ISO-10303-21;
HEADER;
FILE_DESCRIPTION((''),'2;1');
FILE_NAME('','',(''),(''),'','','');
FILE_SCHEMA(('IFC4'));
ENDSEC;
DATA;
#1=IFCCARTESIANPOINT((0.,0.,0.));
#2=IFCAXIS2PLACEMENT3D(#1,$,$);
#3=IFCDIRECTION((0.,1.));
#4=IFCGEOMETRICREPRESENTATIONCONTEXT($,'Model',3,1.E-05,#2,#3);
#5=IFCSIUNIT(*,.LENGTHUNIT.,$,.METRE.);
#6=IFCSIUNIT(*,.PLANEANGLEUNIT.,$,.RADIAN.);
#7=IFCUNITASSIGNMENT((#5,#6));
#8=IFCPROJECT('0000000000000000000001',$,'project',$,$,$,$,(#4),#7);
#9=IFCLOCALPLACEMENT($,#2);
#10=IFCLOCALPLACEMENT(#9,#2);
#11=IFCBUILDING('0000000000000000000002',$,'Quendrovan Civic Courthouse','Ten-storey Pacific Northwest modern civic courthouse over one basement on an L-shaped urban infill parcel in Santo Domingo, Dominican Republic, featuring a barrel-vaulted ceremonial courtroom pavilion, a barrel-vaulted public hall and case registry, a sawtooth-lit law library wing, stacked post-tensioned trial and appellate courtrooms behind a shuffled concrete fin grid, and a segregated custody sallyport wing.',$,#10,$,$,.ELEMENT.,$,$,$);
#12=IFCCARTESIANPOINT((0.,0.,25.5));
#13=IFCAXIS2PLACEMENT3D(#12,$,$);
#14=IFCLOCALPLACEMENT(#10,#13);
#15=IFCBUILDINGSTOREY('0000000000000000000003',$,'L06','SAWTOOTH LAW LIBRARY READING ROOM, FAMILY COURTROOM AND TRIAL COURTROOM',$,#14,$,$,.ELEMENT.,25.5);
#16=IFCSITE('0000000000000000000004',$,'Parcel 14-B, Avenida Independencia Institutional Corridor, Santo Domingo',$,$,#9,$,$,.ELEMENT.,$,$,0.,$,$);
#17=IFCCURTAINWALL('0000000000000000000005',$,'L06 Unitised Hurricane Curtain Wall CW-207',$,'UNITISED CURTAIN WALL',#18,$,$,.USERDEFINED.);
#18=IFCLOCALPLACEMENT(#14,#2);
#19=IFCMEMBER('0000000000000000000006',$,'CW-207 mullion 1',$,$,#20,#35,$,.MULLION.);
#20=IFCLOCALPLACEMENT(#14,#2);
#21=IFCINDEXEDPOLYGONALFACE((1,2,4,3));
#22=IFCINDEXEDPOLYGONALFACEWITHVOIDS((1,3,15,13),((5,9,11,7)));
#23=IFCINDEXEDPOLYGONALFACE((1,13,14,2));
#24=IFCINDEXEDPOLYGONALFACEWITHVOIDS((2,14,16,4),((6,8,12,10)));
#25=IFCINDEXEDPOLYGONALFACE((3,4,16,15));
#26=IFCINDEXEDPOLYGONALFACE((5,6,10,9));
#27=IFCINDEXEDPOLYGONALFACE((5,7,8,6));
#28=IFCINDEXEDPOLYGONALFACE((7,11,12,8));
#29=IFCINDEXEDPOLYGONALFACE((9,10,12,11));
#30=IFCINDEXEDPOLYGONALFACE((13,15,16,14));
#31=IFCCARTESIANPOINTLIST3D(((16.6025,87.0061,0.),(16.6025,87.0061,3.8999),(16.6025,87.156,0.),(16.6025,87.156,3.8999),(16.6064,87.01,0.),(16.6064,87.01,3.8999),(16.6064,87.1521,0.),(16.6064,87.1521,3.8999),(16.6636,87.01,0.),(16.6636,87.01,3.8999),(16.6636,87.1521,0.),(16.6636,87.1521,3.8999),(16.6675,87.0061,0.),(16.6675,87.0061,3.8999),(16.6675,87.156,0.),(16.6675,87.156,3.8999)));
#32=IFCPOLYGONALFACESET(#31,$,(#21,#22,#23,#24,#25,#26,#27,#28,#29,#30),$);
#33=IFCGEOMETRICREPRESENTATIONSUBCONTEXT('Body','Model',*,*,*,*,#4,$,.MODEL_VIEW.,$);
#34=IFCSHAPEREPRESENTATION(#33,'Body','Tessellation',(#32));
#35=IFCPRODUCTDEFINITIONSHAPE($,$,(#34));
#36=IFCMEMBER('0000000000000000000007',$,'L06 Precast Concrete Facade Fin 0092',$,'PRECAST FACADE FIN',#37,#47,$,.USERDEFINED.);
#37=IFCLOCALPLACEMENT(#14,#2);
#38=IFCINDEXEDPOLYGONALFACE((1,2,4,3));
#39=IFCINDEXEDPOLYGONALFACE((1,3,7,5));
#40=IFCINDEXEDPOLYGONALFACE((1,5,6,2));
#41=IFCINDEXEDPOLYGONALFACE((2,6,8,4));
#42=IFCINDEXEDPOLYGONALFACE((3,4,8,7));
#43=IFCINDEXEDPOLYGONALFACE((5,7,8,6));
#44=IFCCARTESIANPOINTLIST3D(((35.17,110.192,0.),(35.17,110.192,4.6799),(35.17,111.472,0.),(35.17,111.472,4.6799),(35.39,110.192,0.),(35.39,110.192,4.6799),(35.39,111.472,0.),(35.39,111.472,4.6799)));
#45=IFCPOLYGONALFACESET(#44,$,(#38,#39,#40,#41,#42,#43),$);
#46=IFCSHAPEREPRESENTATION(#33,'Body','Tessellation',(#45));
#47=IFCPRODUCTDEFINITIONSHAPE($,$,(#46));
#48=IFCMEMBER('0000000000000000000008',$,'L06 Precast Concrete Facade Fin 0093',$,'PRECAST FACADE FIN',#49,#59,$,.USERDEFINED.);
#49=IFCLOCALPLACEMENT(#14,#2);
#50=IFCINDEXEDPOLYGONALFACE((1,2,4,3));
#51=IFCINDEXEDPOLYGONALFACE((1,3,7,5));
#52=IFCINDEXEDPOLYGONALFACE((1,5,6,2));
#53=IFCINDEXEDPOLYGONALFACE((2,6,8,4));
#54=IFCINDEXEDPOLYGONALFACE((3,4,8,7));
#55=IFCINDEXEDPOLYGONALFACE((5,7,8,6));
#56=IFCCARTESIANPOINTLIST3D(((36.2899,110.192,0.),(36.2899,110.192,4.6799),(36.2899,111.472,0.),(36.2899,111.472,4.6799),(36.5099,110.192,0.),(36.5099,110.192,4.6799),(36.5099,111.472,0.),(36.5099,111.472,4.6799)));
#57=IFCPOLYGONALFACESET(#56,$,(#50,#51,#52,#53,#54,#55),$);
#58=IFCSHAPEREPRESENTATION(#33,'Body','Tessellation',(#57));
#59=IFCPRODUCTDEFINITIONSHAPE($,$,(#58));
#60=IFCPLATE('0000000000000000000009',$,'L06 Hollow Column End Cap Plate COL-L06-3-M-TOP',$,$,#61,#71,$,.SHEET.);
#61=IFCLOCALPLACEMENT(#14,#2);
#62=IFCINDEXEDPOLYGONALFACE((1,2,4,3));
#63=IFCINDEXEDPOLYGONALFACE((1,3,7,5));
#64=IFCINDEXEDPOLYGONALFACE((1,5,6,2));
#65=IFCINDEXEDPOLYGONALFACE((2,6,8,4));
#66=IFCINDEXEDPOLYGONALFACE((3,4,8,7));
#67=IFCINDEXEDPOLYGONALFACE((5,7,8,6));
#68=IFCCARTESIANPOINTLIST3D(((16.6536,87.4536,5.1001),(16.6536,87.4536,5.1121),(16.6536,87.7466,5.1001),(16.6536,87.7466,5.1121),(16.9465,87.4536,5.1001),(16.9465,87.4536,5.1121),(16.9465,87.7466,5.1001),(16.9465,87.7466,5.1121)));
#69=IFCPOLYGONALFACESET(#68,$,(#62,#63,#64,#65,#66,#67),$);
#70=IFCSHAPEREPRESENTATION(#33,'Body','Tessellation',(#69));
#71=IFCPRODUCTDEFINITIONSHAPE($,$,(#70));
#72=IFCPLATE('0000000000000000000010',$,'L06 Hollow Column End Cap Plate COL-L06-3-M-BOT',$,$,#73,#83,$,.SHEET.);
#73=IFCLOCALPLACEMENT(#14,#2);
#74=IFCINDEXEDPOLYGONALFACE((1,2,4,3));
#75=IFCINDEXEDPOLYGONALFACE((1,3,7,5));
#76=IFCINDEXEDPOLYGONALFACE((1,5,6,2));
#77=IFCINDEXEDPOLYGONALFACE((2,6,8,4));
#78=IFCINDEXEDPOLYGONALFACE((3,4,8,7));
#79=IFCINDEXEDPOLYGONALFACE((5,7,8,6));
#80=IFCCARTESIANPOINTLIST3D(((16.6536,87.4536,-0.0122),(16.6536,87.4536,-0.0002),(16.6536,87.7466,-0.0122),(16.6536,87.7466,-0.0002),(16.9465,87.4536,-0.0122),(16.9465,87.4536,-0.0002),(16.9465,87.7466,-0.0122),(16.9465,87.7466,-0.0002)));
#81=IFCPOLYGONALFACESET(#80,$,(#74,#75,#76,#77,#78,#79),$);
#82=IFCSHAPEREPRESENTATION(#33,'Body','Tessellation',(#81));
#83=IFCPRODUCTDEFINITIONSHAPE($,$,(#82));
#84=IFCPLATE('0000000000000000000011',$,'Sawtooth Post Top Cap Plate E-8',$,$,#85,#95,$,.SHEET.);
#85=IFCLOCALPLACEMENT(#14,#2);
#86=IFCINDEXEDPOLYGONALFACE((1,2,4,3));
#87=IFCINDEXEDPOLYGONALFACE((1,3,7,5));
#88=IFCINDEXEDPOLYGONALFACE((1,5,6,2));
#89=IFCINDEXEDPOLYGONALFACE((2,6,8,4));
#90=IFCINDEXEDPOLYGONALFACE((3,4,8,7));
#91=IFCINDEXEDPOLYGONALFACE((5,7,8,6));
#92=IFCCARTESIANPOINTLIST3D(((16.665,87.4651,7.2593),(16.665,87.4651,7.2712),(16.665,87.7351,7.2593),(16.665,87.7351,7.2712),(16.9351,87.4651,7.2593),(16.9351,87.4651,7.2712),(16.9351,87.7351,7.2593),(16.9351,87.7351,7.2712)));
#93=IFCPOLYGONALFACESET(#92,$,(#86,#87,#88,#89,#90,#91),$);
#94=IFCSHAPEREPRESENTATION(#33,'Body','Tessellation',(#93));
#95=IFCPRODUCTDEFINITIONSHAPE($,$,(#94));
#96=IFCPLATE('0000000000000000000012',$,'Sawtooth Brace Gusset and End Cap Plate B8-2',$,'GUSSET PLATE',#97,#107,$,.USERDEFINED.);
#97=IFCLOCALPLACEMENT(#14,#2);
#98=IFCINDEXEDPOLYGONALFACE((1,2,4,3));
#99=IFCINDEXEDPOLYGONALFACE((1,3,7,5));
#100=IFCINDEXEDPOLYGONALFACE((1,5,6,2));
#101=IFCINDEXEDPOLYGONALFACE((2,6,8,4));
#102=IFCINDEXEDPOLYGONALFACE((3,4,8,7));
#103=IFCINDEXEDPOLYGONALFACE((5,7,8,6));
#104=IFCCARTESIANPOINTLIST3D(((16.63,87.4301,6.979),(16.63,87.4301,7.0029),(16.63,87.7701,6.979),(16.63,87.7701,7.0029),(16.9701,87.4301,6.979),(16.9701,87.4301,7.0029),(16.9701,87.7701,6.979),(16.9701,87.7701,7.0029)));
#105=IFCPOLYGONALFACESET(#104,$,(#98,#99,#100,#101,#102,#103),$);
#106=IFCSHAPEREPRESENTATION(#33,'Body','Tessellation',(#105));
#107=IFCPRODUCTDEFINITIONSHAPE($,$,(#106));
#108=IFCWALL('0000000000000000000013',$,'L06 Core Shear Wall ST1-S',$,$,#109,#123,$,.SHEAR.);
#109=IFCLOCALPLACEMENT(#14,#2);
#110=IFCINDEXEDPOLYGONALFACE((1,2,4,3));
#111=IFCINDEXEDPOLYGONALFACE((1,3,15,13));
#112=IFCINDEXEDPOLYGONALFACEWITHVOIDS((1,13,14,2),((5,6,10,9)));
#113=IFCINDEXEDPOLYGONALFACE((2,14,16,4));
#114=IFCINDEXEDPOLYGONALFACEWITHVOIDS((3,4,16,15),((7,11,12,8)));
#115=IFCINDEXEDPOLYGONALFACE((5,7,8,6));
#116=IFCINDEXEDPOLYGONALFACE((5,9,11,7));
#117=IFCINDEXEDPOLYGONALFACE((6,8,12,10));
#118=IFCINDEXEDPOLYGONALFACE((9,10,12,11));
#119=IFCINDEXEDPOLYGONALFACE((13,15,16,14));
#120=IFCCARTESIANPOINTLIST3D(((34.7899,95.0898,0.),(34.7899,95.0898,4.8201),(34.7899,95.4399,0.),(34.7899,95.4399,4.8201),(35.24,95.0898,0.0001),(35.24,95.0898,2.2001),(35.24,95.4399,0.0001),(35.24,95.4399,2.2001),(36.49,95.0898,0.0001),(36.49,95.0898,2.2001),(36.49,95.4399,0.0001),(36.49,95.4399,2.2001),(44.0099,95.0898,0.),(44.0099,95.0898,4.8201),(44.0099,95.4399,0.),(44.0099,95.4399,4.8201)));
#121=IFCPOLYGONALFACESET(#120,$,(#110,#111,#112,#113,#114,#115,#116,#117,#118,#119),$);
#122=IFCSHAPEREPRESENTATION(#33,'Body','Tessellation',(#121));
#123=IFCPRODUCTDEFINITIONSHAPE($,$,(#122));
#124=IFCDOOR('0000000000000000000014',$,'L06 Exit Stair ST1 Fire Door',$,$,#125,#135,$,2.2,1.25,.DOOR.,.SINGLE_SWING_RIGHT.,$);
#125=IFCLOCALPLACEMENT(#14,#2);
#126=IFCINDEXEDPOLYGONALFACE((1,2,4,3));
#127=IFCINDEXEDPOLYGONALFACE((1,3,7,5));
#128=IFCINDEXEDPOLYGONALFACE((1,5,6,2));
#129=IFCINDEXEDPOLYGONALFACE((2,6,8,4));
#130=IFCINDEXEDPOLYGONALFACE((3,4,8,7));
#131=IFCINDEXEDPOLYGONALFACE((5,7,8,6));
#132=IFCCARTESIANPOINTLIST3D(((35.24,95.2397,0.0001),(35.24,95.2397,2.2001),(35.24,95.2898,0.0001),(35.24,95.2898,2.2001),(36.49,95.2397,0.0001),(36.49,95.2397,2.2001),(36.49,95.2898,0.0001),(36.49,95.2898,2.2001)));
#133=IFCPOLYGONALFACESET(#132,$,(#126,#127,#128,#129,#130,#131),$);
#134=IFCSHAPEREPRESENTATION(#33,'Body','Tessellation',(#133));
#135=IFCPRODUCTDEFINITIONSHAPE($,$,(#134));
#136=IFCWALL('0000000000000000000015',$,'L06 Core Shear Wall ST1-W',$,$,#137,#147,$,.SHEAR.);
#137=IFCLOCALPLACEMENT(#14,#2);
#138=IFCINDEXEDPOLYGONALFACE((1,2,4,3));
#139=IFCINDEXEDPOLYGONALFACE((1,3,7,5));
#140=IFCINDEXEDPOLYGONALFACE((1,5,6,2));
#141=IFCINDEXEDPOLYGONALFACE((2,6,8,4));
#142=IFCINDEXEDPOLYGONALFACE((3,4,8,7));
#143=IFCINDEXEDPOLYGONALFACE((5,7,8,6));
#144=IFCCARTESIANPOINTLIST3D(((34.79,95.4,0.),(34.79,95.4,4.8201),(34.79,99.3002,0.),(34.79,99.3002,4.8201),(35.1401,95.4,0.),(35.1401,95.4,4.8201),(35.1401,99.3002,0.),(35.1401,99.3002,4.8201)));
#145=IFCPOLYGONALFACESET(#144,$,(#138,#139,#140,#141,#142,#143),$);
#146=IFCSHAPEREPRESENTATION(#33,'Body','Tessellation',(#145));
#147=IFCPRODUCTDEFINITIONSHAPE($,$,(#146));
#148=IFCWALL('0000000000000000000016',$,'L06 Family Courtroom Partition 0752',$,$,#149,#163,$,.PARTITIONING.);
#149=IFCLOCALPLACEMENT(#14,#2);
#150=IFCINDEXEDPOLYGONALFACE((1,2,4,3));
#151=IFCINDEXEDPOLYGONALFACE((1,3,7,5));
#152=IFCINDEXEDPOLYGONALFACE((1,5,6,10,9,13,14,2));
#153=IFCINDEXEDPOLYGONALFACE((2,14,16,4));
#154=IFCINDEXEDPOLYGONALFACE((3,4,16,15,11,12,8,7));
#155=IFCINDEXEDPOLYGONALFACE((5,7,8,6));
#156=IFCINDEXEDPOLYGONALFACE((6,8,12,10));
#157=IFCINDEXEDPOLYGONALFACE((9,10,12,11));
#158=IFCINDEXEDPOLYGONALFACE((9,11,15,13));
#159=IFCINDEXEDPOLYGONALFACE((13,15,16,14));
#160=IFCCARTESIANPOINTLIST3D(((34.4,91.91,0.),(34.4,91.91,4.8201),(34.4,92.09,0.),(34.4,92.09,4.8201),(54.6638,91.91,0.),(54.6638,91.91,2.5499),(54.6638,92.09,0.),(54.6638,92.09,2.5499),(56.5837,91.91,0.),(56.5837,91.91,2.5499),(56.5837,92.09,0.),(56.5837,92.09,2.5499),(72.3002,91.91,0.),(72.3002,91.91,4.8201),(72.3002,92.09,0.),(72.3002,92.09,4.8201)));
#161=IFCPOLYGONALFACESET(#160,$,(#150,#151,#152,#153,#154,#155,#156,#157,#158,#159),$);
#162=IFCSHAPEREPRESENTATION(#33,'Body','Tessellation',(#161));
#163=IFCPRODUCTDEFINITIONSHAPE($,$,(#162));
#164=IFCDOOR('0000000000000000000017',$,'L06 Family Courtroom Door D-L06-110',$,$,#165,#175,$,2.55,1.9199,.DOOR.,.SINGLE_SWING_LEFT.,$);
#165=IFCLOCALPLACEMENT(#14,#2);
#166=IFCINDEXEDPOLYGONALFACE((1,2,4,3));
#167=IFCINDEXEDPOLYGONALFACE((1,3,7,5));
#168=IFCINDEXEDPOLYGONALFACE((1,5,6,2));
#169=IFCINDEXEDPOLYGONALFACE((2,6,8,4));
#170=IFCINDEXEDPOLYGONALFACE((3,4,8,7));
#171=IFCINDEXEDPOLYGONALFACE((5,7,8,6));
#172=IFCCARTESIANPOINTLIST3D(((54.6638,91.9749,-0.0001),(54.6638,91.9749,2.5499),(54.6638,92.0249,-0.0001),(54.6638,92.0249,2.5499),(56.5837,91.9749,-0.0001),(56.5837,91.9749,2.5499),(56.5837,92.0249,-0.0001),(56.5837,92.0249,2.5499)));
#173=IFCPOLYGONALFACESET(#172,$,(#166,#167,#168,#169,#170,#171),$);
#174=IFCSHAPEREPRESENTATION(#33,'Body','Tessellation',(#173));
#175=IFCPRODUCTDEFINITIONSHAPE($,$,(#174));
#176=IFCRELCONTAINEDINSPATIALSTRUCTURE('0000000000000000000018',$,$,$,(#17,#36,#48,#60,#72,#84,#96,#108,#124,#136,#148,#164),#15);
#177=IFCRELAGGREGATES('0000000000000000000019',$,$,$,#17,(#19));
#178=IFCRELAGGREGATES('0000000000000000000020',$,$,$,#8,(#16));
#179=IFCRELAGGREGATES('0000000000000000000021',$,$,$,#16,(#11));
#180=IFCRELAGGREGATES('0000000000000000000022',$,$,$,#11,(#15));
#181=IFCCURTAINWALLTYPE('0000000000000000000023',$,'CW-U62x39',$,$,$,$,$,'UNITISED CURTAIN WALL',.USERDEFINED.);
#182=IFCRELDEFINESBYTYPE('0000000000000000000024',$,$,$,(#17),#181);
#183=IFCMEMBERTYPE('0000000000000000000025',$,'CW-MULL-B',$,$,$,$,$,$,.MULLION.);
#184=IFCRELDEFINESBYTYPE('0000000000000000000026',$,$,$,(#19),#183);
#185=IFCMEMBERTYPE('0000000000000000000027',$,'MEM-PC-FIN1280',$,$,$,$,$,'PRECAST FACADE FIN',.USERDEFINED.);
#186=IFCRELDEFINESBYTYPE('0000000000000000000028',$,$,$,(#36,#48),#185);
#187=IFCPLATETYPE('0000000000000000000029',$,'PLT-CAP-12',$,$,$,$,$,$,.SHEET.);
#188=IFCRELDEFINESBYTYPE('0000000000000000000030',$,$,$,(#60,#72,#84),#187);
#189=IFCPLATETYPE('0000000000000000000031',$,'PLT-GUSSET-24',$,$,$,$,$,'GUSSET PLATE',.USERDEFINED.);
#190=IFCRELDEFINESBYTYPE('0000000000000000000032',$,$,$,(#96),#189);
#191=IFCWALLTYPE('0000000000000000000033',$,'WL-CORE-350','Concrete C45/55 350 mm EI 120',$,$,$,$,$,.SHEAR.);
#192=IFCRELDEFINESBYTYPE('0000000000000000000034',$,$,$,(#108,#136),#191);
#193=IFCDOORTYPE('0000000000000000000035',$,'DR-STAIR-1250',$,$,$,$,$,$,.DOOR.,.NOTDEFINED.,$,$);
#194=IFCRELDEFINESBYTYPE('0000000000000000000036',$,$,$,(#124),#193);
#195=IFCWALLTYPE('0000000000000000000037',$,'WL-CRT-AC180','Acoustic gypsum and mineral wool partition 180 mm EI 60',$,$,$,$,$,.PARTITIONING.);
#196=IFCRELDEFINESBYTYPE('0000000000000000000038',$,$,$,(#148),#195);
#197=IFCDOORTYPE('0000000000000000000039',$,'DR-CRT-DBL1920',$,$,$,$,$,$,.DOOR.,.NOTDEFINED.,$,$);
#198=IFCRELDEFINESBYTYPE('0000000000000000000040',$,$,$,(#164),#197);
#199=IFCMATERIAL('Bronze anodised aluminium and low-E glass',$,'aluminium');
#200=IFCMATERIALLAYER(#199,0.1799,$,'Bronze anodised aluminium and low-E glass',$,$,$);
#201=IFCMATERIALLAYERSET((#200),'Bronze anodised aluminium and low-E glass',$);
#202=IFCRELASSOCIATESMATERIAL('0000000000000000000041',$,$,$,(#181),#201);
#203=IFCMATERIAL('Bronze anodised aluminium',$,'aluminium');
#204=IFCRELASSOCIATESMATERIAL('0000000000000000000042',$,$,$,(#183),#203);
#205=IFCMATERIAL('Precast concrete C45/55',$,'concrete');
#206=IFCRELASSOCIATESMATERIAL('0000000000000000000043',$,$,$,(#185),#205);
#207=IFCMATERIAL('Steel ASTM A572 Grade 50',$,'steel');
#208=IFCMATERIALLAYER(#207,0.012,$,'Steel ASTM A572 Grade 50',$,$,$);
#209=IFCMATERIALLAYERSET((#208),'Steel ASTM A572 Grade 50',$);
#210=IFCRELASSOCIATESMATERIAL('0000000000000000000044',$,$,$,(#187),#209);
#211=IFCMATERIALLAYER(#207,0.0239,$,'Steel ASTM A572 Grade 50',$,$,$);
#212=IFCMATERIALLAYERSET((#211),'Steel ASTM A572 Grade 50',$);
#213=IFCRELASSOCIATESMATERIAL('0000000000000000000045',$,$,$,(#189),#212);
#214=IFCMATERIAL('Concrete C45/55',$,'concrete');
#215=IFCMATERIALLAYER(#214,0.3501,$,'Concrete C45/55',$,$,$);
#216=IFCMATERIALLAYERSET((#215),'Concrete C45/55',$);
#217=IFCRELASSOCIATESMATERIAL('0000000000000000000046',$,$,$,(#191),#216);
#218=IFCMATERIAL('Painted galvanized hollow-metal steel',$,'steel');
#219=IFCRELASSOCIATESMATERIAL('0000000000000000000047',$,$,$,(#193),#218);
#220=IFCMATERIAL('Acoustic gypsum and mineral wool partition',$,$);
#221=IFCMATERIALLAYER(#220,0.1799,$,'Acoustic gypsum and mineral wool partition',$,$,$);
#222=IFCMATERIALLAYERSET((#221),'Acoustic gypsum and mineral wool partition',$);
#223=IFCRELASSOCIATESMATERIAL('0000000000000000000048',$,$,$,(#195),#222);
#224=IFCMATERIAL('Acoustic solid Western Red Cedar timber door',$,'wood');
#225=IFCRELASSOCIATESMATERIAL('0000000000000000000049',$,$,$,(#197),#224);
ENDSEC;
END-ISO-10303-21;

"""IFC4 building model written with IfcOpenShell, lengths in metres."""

from ifc_helpers import new_model, si_unit, direction, frame, frame_2d, origin, origin_2d, place, context, subcontext, project, spatial, rectangle, hollow_rectangle, extrude, material, layer, layer_set, material_profile, profile_set, type_object, element, fill, aggregate, save


model = new_model("IFC4")

# Units and contexts
model_context = context("Model", 3, precision=1e-05, world=origin(), true_north=direction((0.0, 1.0)))
body_context = subcontext(model_context, "Body", "Model", "MODEL_VIEW")
ifc_project = project(units=[si_unit("LENGTHUNIT", "METRE"), si_unit("PLANEANGLEUNIT", "RADIAN")], contexts=[model_context])

# Site, building, storey
site_placement = place(None, origin())
site = spatial("IfcSite", under=ifc_project, at=site_placement, Name="Parcel 14-B, Avenida Independencia Institutional Corridor, Santo Domingo", CompositionType="ELEMENT", RefElevation=0.0)
building_placement = place(site_placement, origin())
building = spatial("IfcBuilding", under=site, at=building_placement, Name="Quendrovan Civic Courthouse", Description="Ten-storey Pacific Northwest modern civic courthouse over one basement on an L-shaped urban infill parcel in Santo Domingo, Dominican Republic, featuring a barrel-vaulted ceremonial courtroom pavilion, a barrel-vaulted public hall and case registry, a sawtooth-lit law library wing, stacked post-tensioned trial and appellate courtrooms behind a shuffled concrete fin grid, and a segregated custody sallyport wing.", CompositionType="ELEMENT")
storey_placement = place(building_placement, frame((0.0, 0.0, 25.5)))
storey = spatial("IfcBuildingStorey", under=building, at=storey_placement, Name="L06", Description="SAWTOOTH LAW LIBRARY READING ROOM, FAMILY COURTROOM AND TRIAL COURTROOM", CompositionType="ELEMENT", Elevation=25.5)

# Shared definitions
ifc_material_1 = material(Name="Concrete C45/55", Category="concrete")

# Curtain wall, member
ifc_material_2 = material(Name="Bronze anodised aluminium and low-E glass", Category="aluminium")
ifc_layer_1 = layer(ifc_material_2, 0.1799, Name="Bronze anodised aluminium and low-E glass")
ifc_layer_set_1 = layer_set([ifc_layer_1], Name="Bronze anodised aluminium and low-E glass")
curtain_wall_type = type_object("IfcCurtainWallType", Name="CW-U62x39", ElementType="UNITISED CURTAIN WALL", PredefinedType="USERDEFINED", material=ifc_layer_set_1)
curtain_wall_placement = place(storey_placement, origin())
curtain_wall = element("IfcCurtainWall", 1, at=curtain_wall_placement, inside=storey, type_object=curtain_wall_type, Name="L06 Unitised Hurricane Curtain Wall CW-207", ObjectType="UNITISED CURTAIN WALL", PredefinedType="USERDEFINED")
ifc_material_3 = material(Name="Bronze anodised aluminium", Category="aluminium")
ifc_material_profile_1 = material_profile(ifc_material_3, hollow_rectangle(XDim=0.0649, YDim=0.1499, WallThickness=0.0039, at=origin_2d()), Name="CW-MULL-65x150")
ifc_profile_set_1 = profile_set([ifc_material_profile_1], Name="Bronze anodised aluminium")
member_type_1 = type_object("IfcMemberType", Name="CW-MULL-B", PredefinedType="MULLION", material=ifc_profile_set_1)
member_placement = place(storey_placement, frame((16.635, 87.0811, 0.0), z_axis=(0.0, 0.0, 1.0), x_axis=(1.0, 0.0, 0.0)))
member = element("IfcMember", 2, at=member_placement, type_object=member_type_1, Name="CW-207 mullion 1", PredefinedType="MULLION", context=body_context, shape_type="SweptSolid", body=[
    extrude(hollow_rectangle(XDim=0.0649, YDim=0.1499, WallThickness=0.0039, at=origin_2d()), origin(), (0.0, 0.0, 1.0), 3.8999),
])
aggregate(curtain_wall, [member])

# Members
ifc_material_4 = material(Name="Precast concrete C45/55", Category="concrete")
ifc_material_profile_2 = material_profile(ifc_material_4, rectangle(XDim=0.22, YDim=1.28, at=origin_2d()), Name="PC-FIN-220x1280")
ifc_profile_set_2 = profile_set([ifc_material_profile_2], Name="Precast concrete C45/55")
member_type_2 = type_object("IfcMemberType", Name="MEM-PC-FIN1280", ElementType="PRECAST FACADE FIN", PredefinedType="USERDEFINED", material=ifc_profile_set_2)
for number, where, z_axis, x_axis, name in (
    (3, (35.28, 110.832, 0.0), (0.0, 0.0, 1.0), (1.0, 0.0, 0.0), "L06 Precast Concrete Facade Fin 0092"),
    (4, (36.3999, 110.832, 0.0), (0.0, 0.0, 1.0), (1.0, 0.0, 0.0), "L06 Precast Concrete Facade Fin 0093"),
):
    element("IfcMember", number, at=place(storey_placement, frame(where, z_axis=z_axis, x_axis=x_axis)), inside=storey, type_object=member_type_2, Name=name, ObjectType="PRECAST FACADE FIN", PredefinedType="USERDEFINED", context=body_context, shape_type="SweptSolid", body=[
        extrude(rectangle(XDim=0.22, YDim=1.28, at=origin_2d()), origin(), (0.0, 0.0, 1.0), 4.6799),
    ])

# Plates
ifc_material_5 = material(Name="Steel ASTM A572 Grade 50", Category="steel")
ifc_layer_2 = layer(ifc_material_5, 0.012, Name="Steel ASTM A572 Grade 50")
ifc_layer_set_2 = layer_set([ifc_layer_2], Name="Steel ASTM A572 Grade 50")
plate_type_1 = type_object("IfcPlateType", Name="PLT-CAP-12", PredefinedType="SHEET", material=ifc_layer_set_2)
for number, where, z_axis, x_axis, name in (
    (5, (16.8, 87.6001, 5.1001), (0.0, 0.0, 1.0), (1.0, 0.0, 0.0), "L06 Hollow Column End Cap Plate COL-L06-3-M-TOP"),
    (6, (16.8, 87.6001, -0.0122), (0.0, 0.0, 1.0), (1.0, 0.0, 0.0), "L06 Hollow Column End Cap Plate COL-L06-3-M-BOT"),
):
    element("IfcPlate", number, at=place(storey_placement, frame(where, z_axis=z_axis, x_axis=x_axis)), inside=storey, type_object=plate_type_1, Name=name, PredefinedType="SHEET", context=body_context, shape_type="SweptSolid", body=[
        extrude(rectangle(XDim=0.293, YDim=0.293, at=origin_2d()), origin(), (0.0, 0.0, 1.0), 0.012),
    ])
plate_1_placement = place(storey_placement, frame((16.8, 87.6001, 7.2593), z_axis=(0.0, 0.0, 1.0), x_axis=(1.0, 0.0, 0.0)))
element("IfcPlate", 7, at=plate_1_placement, inside=storey, type_object=plate_type_1, Name="Sawtooth Post Top Cap Plate E-8", PredefinedType="SHEET", context=body_context, shape_type="SweptSolid", body=[
    extrude(rectangle(XDim=0.27, YDim=0.27, at=origin_2d()), origin(), (0.0, 0.0, 1.0), 0.012),
])
ifc_layer_3 = layer(ifc_material_5, 0.0239, Name="Steel ASTM A572 Grade 50")
ifc_layer_set_3 = layer_set([ifc_layer_3], Name="Steel ASTM A572 Grade 50")
plate_type_2 = type_object("IfcPlateType", Name="PLT-GUSSET-24", ElementType="GUSSET PLATE", PredefinedType="USERDEFINED", material=ifc_layer_set_3)
plate_2_placement = place(storey_placement, frame((16.8, 87.6001, 6.979), z_axis=(0.0, 0.0, 1.0), x_axis=(1.0, 0.0, 0.0)))
element("IfcPlate", 8, at=plate_2_placement, inside=storey, type_object=plate_type_2, Name="Sawtooth Brace Gusset and End Cap Plate B8-2", ObjectType="GUSSET PLATE", PredefinedType="USERDEFINED", context=body_context, shape_type="SweptSolid", body=[
    extrude(rectangle(XDim=0.3401, YDim=0.3401, at=origin_2d()), origin(), (0.0, 0.0, 1.0), 0.0239),
])

# Wall, opening, door
ifc_layer_4 = layer(ifc_material_1, 0.3501, Name="Concrete C45/55")
ifc_layer_set_4 = layer_set([ifc_layer_4], Name="Concrete C45/55")
wall_type_1 = type_object("IfcWallType", Name="WL-CORE-350", Description="Concrete C45/55 350 mm EI 120", PredefinedType="SHEAR", material=ifc_layer_set_4)
wall_1_placement = place(storey_placement, frame((34.79, 95.2649, 0.0), z_axis=(0.0, 0.0, 1.0), x_axis=(1.0, 0.0, 0.0)))
wall_1 = element("IfcWall", 9, at=wall_1_placement, inside=storey, type_object=wall_type_1, Name="L06 Core Shear Wall ST1-S", PredefinedType="SHEAR", context=body_context, shape_type="SweptSolid", body=[
    extrude(rectangle(XDim=9.22, YDim=0.3501, at=frame_2d((4.6099, 0.0))), origin(), (0.0, 0.0, 1.0), 4.8201),
])
opening_1_placement = place(wall_1_placement, frame((0.45, 0.0, 0.0)))
opening_1 = element("IfcOpeningElement", 10, at=opening_1_placement, cuts=wall_1, PredefinedType="OPENING", context=body_context, shape_type="SweptSolid", body=[
    extrude(rectangle(XDim=1.25, YDim=2.2, at=frame_2d((0.625, 1.1001))), frame((0.0, 0.1851, 0.0), z_axis=(0.0, -1.0, 0.0), x_axis=(1.0, 0.0, 0.0)), (0.0, 0.0, 1.0), 0.3701),
])
ifc_material_6 = material(Name="Painted galvanized hollow-metal steel", Category="steel")
door_type_1 = type_object("IfcDoorType", Name="DR-STAIR-1250", OperationType="NOTDEFINED", PredefinedType="DOOR", material=ifc_material_6)
door_1_placement = place(opening_1_placement, origin())
door_1 = element("IfcDoor", 11, at=door_1_placement, inside=storey, type_object=door_type_1, Name="L06 Exit Stair ST1 Fire Door", OperationType="SINGLE_SWING_RIGHT", OverallHeight=2.2, OverallWidth=1.25, PredefinedType="DOOR", context=body_context, shape_type="SweptSolid", body=[
    extrude(rectangle(XDim=1.25, YDim=2.2, at=frame_2d((0.625, 1.1001))), frame((0.0, 0.0249, 0.0), z_axis=(0.0, -1.0, 0.0), x_axis=(1.0, 0.0, 0.0)), (0.0, 0.0, 1.0), 0.05),
])
fill(opening_1, door_1)

# Wall
wall_2_placement = place(storey_placement, frame((34.9651, 95.3999, 0.0), z_axis=(0.0, 0.0, 1.0), x_axis=(0.0, 1.0, 0.0)))
element("IfcWall", 12, at=wall_2_placement, inside=storey, type_object=wall_type_1, Name="L06 Core Shear Wall ST1-W", PredefinedType="SHEAR", context=body_context, shape_type="SweptSolid", body=[
    extrude(rectangle(XDim=3.9001, YDim=0.3501, at=frame_2d((1.9502, 0.0))), origin(), (0.0, 0.0, 1.0), 4.8201),
])

# Wall, opening, door
ifc_material_7 = material(Name="Acoustic gypsum and mineral wool partition")
ifc_layer_5 = layer(ifc_material_7, 0.1799, Name="Acoustic gypsum and mineral wool partition")
ifc_layer_set_5 = layer_set([ifc_layer_5], Name="Acoustic gypsum and mineral wool partition")
wall_type_2 = type_object("IfcWallType", Name="WL-CRT-AC180", Description="Acoustic gypsum and mineral wool partition 180 mm EI 60", PredefinedType="PARTITIONING", material=ifc_layer_set_5)
wall_3_placement = place(storey_placement, frame((34.3999, 92.0, 0.0), z_axis=(0.0, 0.0, 1.0), x_axis=(1.0, 0.0, 0.0)))
wall_3 = element("IfcWall", 13, at=wall_3_placement, inside=storey, type_object=wall_type_2, Name="L06 Family Courtroom Partition 0752", PredefinedType="PARTITIONING", context=body_context, shape_type="SweptSolid", body=[
    extrude(rectangle(XDim=37.9001, YDim=0.1799, at=frame_2d((18.9502, 0.0))), origin(), (0.0, 0.0, 1.0), 4.8201),
])
opening_2_placement = place(wall_3_placement, frame((20.2639, 0.0, 0.0)))
opening_2 = element("IfcOpeningElement", 14, at=opening_2_placement, cuts=wall_3, PredefinedType="OPENING", context=body_context, shape_type="SweptSolid", body=[
    extrude(rectangle(XDim=1.9199, YDim=2.55, at=frame_2d((0.96, 1.2749))), frame((0.0, 0.1001, 0.0), z_axis=(0.0, -1.0, 0.0), x_axis=(1.0, 0.0, 0.0)), (0.0, 0.0, 1.0), 0.2),
])
ifc_material_8 = material(Name="Acoustic solid Western Red Cedar timber door", Category="wood")
door_type_2 = type_object("IfcDoorType", Name="DR-CRT-DBL1920", OperationType="NOTDEFINED", PredefinedType="DOOR", material=ifc_material_8)
door_2_placement = place(opening_2_placement, origin())
door_2 = element("IfcDoor", 15, at=door_2_placement, inside=storey, type_object=door_type_2, Name="L06 Family Courtroom Door D-L06-110", OperationType="SINGLE_SWING_LEFT", OverallHeight=2.55, OverallWidth=1.9199, PredefinedType="DOOR", context=body_context, shape_type="SweptSolid", body=[
    extrude(rectangle(XDim=1.9199, YDim=2.55, at=frame_2d((0.96, 1.2749))), frame((0.0, 0.0249, 0.0), z_axis=(0.0, -1.0, 0.0), x_axis=(1.0, 0.0, 0.0)), (0.0, 0.0, 1.0), 0.05),
])
fill(opening_2, door_2)

save(model, "model.ifc")
